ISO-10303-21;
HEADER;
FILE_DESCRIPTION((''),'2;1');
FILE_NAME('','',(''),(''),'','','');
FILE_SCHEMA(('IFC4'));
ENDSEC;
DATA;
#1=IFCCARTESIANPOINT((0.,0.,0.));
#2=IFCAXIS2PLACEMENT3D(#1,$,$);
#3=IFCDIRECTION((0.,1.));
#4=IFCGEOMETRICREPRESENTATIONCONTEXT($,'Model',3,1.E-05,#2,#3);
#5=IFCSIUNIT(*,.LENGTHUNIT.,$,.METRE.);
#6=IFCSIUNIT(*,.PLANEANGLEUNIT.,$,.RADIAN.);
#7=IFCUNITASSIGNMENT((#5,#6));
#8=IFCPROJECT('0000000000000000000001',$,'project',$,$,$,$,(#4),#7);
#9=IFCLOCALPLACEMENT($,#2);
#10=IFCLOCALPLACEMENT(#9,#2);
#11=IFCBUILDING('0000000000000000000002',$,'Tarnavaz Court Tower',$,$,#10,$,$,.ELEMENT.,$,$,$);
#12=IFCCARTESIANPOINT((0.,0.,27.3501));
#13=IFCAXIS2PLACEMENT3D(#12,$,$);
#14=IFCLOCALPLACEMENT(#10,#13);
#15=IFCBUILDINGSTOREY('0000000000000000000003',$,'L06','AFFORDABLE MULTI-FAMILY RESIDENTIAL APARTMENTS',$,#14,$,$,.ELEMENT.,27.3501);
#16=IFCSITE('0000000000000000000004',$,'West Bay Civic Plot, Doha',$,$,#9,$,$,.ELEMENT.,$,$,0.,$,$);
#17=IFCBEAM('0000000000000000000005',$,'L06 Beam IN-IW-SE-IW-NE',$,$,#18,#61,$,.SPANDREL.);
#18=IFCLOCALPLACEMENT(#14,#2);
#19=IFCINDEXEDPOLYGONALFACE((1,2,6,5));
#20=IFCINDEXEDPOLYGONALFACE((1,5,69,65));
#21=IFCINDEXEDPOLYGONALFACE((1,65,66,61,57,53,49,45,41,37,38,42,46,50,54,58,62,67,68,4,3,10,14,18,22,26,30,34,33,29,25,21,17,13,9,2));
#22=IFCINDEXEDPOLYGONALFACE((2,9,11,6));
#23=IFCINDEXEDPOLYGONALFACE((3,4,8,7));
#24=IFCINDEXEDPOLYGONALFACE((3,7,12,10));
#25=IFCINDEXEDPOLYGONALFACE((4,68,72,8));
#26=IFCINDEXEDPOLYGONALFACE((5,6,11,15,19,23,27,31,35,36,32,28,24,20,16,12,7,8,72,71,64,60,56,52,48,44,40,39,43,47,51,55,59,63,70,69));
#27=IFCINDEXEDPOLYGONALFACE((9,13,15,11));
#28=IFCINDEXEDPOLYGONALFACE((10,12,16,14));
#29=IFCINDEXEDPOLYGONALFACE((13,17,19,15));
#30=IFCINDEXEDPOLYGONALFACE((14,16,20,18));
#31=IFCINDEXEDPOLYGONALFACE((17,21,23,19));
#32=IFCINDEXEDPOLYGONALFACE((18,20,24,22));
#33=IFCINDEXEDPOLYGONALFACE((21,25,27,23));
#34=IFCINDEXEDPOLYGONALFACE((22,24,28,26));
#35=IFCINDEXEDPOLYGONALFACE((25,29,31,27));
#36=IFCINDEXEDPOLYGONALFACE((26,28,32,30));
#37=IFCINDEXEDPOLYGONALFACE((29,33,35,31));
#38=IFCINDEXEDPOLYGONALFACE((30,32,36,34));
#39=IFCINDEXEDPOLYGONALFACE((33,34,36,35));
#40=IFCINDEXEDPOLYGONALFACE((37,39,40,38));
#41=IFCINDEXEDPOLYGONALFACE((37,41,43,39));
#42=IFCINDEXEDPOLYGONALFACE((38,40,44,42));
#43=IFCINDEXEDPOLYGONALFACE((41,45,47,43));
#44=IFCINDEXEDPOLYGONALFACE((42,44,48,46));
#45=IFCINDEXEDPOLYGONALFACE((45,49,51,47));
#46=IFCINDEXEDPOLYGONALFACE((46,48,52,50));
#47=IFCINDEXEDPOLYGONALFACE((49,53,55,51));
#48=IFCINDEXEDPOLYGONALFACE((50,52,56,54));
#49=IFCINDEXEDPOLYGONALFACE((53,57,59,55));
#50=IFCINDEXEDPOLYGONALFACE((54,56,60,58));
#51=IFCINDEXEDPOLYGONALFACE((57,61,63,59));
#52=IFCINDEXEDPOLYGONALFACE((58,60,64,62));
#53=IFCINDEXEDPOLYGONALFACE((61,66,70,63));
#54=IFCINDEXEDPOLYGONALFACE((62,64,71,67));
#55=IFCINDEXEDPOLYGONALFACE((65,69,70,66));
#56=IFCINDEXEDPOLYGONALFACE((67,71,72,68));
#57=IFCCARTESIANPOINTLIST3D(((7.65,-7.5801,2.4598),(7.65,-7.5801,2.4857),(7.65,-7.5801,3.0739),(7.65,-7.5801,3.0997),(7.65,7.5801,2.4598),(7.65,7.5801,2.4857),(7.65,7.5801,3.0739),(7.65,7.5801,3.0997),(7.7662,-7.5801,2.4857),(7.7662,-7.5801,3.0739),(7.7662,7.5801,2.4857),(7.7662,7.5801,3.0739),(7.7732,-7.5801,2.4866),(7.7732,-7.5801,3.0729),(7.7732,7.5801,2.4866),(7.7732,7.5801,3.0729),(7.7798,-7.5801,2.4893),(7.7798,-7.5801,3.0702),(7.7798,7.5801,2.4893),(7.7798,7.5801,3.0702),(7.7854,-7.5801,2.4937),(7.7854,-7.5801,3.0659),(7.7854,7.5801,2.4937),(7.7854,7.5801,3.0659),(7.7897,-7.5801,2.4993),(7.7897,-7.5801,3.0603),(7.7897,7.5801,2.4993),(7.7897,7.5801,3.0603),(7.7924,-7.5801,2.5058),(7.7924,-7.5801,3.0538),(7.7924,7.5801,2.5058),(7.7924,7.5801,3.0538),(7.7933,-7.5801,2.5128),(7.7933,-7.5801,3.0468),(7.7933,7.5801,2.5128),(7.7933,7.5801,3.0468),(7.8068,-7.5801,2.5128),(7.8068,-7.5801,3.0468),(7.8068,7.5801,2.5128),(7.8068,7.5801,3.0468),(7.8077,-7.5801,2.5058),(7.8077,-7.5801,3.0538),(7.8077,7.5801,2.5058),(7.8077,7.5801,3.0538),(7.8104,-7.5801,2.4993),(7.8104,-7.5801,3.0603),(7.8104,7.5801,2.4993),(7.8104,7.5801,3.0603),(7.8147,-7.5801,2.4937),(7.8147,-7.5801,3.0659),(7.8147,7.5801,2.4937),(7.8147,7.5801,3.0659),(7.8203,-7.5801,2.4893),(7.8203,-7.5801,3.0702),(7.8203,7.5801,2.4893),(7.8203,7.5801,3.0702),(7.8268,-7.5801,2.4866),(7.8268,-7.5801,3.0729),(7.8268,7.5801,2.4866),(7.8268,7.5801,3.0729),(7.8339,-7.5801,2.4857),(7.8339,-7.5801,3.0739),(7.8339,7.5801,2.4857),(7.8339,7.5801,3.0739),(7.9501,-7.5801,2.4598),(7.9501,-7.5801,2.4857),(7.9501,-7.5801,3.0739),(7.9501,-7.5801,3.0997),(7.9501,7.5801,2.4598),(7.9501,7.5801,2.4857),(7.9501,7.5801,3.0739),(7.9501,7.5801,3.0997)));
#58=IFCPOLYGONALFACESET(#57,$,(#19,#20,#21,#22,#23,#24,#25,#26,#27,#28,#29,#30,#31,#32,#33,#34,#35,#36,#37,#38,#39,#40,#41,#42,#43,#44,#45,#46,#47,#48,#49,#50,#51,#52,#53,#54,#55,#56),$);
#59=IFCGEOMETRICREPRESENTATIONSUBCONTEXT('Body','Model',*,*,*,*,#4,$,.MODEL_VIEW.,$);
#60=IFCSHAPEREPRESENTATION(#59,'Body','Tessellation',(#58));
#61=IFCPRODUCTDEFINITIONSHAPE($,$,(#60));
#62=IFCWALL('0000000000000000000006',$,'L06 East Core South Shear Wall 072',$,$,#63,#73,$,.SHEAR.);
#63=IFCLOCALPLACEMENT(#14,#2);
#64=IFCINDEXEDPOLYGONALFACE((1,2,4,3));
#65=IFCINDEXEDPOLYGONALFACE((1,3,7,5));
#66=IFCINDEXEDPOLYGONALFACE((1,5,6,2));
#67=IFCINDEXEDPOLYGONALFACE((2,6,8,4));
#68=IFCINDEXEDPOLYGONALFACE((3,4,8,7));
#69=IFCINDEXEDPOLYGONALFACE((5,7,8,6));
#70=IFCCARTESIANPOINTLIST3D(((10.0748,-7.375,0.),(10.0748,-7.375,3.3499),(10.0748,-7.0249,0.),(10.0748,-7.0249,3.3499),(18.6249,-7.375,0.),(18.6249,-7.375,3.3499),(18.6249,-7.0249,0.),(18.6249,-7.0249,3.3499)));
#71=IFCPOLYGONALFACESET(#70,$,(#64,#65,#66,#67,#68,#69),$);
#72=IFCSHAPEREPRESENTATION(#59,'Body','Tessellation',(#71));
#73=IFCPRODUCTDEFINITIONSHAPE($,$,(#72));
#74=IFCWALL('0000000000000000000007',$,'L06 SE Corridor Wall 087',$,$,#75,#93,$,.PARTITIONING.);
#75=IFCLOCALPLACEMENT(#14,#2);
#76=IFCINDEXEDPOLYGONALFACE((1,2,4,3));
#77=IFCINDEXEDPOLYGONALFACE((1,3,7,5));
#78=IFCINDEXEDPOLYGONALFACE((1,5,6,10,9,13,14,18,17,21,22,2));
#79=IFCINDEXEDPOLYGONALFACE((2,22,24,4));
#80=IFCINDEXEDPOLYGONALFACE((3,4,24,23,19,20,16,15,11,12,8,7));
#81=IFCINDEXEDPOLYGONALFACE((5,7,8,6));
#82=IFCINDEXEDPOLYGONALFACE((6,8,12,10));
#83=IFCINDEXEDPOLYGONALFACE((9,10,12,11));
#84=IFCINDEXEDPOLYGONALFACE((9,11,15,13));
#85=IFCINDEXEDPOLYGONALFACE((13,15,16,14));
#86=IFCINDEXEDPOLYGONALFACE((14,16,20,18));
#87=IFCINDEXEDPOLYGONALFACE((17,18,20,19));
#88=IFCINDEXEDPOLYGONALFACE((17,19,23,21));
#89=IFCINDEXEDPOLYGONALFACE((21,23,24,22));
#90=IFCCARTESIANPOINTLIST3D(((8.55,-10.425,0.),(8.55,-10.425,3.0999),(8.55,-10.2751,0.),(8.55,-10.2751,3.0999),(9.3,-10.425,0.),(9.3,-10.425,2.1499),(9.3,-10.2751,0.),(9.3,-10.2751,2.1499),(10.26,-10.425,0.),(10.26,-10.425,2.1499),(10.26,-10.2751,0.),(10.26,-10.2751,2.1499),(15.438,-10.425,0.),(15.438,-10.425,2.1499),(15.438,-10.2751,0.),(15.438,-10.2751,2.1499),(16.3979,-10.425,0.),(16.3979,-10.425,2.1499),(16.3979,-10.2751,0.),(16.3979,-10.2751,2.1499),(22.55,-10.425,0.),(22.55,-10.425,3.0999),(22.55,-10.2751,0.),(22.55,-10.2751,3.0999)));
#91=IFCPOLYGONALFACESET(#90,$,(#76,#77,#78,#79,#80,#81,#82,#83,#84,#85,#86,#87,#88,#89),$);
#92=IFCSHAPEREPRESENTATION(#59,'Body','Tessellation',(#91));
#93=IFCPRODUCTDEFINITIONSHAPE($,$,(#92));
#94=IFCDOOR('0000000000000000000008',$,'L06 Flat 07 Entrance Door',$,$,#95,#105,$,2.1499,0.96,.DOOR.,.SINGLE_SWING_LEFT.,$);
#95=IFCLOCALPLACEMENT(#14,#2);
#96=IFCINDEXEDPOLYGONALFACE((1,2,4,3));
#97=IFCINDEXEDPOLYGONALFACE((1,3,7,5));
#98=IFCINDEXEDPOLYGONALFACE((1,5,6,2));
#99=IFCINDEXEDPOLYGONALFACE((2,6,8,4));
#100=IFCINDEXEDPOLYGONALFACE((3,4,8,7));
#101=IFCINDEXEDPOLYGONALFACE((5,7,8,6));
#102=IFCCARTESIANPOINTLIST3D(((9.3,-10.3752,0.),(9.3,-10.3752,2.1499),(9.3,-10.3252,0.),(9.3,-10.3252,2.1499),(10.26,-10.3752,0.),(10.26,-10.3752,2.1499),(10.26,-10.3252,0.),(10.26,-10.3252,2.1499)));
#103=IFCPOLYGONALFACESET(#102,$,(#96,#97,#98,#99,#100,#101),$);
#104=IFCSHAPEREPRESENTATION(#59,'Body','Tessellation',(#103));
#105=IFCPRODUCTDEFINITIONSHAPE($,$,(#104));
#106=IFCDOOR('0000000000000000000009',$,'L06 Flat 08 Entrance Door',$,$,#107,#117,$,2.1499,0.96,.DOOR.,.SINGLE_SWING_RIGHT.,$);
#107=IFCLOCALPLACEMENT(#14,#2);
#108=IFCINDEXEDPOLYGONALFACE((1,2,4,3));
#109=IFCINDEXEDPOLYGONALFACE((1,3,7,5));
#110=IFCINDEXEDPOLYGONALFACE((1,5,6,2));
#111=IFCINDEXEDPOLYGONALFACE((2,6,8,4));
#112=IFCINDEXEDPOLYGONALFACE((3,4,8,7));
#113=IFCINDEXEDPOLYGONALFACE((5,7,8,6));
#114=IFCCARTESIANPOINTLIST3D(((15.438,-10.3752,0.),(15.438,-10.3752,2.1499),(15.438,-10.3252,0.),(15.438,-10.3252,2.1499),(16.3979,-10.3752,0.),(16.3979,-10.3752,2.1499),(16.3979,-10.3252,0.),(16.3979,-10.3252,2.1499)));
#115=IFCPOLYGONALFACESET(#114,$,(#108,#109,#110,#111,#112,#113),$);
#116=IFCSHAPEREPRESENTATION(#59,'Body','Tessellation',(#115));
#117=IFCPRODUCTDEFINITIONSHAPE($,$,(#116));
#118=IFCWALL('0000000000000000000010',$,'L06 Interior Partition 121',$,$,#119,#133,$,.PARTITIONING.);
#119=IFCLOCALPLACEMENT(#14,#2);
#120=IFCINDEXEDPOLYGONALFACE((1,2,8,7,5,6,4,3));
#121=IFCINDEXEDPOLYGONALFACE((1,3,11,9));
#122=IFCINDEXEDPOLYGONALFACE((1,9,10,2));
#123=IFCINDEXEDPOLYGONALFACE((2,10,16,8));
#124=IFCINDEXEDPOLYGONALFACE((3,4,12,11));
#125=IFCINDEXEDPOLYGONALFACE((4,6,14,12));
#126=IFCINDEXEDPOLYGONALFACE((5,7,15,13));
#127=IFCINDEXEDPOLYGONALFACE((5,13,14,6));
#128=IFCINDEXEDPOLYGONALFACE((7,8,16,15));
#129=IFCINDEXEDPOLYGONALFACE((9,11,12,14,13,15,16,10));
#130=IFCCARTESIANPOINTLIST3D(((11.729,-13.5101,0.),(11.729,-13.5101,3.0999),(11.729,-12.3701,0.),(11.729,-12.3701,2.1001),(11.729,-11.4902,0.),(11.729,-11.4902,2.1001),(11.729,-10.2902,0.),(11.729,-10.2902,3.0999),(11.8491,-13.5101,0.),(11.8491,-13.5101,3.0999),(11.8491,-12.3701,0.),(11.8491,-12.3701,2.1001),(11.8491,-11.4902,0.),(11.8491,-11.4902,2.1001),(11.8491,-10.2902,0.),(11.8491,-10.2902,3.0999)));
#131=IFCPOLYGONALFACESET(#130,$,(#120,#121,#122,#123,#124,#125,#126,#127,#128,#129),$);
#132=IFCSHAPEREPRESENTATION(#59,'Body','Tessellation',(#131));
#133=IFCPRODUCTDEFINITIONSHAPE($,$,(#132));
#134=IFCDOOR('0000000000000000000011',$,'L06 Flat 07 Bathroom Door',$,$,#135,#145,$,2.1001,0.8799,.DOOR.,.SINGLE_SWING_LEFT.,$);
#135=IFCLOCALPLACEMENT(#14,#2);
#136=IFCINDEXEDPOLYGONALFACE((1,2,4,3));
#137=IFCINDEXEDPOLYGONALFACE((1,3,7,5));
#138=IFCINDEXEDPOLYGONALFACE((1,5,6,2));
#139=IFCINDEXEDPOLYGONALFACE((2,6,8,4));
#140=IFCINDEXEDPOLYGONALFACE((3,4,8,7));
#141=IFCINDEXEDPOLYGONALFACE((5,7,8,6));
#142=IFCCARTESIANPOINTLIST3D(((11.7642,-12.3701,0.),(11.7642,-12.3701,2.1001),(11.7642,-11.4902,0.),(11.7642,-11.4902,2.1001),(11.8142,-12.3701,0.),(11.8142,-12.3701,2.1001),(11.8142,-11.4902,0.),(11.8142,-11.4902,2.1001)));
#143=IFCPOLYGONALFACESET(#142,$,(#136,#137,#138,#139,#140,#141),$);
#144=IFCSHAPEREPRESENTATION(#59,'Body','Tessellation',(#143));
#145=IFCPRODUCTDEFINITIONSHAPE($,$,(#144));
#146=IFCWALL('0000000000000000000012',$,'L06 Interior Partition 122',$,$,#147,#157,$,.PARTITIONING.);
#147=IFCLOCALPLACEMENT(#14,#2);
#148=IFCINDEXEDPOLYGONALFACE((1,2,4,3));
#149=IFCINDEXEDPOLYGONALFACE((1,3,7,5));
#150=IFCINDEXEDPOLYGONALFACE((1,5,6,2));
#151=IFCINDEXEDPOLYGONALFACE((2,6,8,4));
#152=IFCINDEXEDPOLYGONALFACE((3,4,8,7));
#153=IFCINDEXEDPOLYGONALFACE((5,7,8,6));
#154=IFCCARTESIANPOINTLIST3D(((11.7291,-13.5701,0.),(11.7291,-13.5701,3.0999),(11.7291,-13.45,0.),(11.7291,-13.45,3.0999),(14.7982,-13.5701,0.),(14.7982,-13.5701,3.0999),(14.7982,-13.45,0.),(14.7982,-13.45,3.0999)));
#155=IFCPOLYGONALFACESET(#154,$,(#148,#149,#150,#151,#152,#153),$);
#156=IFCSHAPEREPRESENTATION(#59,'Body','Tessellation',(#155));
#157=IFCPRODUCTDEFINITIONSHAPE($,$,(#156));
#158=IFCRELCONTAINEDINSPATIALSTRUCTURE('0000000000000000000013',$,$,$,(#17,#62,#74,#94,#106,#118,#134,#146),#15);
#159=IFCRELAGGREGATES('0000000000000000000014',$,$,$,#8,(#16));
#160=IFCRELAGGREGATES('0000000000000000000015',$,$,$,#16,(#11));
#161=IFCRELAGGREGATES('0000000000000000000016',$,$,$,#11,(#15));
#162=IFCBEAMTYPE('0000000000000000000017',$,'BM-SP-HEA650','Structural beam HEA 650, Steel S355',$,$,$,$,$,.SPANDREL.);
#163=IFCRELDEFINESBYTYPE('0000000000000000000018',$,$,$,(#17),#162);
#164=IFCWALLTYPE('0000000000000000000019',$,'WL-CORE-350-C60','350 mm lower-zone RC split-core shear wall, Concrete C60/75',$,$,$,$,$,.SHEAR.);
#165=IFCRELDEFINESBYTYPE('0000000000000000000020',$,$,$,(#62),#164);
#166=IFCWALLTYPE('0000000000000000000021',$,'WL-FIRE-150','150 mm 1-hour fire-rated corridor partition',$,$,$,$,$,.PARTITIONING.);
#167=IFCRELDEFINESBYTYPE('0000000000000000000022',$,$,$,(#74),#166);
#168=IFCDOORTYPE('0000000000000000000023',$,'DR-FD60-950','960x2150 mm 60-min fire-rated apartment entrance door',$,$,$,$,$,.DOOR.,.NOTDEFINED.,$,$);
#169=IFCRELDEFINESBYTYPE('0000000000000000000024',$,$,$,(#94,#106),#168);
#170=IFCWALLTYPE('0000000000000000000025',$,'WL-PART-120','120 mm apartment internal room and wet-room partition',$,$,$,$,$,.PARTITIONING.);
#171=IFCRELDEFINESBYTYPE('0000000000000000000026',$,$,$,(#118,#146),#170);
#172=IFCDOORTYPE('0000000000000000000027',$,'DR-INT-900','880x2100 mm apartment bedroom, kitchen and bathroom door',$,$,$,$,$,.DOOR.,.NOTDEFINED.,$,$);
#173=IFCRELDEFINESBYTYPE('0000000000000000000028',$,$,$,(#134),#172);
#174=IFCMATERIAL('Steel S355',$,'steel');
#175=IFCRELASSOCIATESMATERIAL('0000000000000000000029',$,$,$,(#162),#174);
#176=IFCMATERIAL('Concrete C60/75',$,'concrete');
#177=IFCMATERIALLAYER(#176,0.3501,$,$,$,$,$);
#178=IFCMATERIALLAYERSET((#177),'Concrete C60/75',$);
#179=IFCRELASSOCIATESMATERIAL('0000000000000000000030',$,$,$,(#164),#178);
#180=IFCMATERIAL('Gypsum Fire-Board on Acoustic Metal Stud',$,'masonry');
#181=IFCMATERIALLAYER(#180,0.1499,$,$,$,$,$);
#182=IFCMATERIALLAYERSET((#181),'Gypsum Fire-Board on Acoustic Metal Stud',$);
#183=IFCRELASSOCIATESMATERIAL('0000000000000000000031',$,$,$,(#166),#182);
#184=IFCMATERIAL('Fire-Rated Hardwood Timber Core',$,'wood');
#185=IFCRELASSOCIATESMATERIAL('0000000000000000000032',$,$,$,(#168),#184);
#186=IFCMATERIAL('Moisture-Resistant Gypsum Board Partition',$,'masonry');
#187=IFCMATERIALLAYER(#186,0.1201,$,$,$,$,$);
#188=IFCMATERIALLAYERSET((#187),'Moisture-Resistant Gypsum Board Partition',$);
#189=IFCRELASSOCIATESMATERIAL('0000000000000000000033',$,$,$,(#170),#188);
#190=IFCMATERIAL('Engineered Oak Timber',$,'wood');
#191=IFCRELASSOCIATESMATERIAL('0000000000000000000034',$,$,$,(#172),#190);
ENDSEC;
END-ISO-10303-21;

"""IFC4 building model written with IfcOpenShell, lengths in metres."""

from ifc_helpers import new_model, si_unit, direction, frame, frame_2d, origin, origin_2d, place, context, subcontext, project, spatial, rectangle, i_section, extrude, material, layer, layer_set, material_profile, profile_set, type_object, element, fill, save


model = new_model("IFC4")

# Units and contexts
model_context = context("Model", 3, precision=1e-05, world=origin(), true_north=direction((0.0, 1.0)))
body_context = subcontext(model_context, "Body", "Model", "MODEL_VIEW")
ifc_project = project(units=[si_unit("LENGTHUNIT", "METRE"), si_unit("PLANEANGLEUNIT", "RADIAN")], contexts=[model_context])

# Site, building, storey
site_placement = place(None, origin())
site = spatial("IfcSite", under=ifc_project, at=site_placement, Name="West Bay Civic Plot, Doha", CompositionType="ELEMENT", RefElevation=0.0)
building_placement = place(site_placement, origin())
building = spatial("IfcBuilding", under=site, at=building_placement, Name="Tarnavaz Court Tower", CompositionType="ELEMENT")
storey_placement = place(building_placement, frame((0.0, 0.0, 27.3501)))
storey = spatial("IfcBuildingStorey", under=building, at=storey_placement, Name="L06", Description="AFFORDABLE MULTI-FAMILY RESIDENTIAL APARTMENTS", CompositionType="ELEMENT", Elevation=27.3501)

# Shared definitions
ifc_material_1 = material(Name="Concrete C60/75", Category="concrete")

# Beam
ifc_material_2 = material(Name="Steel S355", Category="steel")
ifc_material_profile_1 = material_profile(ifc_material_2, i_section(OverallWidth=0.3, OverallDepth=0.6399, WebThickness=0.0134, FlangeThickness=0.0259, FilletRadius=0.0271, at=origin_2d()), Name="HEA 650")
ifc_profile_set_1 = profile_set([ifc_material_profile_1], Name="Steel S355")
beam_type_1 = type_object("IfcBeamType", Name="BM-SP-HEA650", Description="Structural beam HEA 650, Steel S355", PredefinedType="SPANDREL", material=ifc_profile_set_1)
beam_1_placement = place(storey_placement, frame((7.8, -7.5801, 2.7798), z_axis=(0.0, 1.0, 0.0), x_axis=(-1.0, 0.0, 0.0)))
element("IfcBeam", 1, at=beam_1_placement, inside=storey, type_object=beam_type_1, Name="L06 Beam IN-IW-SE-IW-NE", PredefinedType="SPANDREL", context=body_context, shape_type="SweptSolid", body=[
    extrude(i_section(OverallWidth=0.3, OverallDepth=0.6399, WebThickness=0.0134, FlangeThickness=0.0259, FilletRadius=0.0271, at=origin_2d()), origin(), (0.0, 0.0, 1.0), 15.1602),
])

# Wall
ifc_layer_1 = layer(ifc_material_1, 0.3501)
ifc_layer_set_1 = layer_set([ifc_layer_1], Name="Concrete C60/75")
wall_type_1 = type_object("IfcWallType", Name="WL-CORE-350-C60", Description="350 mm lower-zone RC split-core shear wall, Concrete C60/75", PredefinedType="SHEAR", material=ifc_layer_set_1)
wall_1_placement = place(storey_placement, frame((10.075, -7.2, 0.0), z_axis=(0.0, 0.0, 1.0), x_axis=(1.0, 0.0, 0.0)))
element("IfcWall", 2, at=wall_1_placement, inside=storey, type_object=wall_type_1, Name="L06 East Core South Shear Wall 072", PredefinedType="SHEAR", context=body_context, shape_type="SweptSolid", body=[
    extrude(rectangle(XDim=8.55, YDim=0.3501, at=frame_2d((4.2749, 0.0))), origin(), (0.0, 0.0, 1.0), 3.3499),
])

# Wall, openings, doors
ifc_material_3 = material(Name="Gypsum Fire-Board on Acoustic Metal Stud", Category="masonry")
ifc_layer_2 = layer(ifc_material_3, 0.1499)
ifc_layer_set_2 = layer_set([ifc_layer_2], Name="Gypsum Fire-Board on Acoustic Metal Stud")
wall_type_2 = type_object("IfcWallType", Name="WL-FIRE-150", Description="150 mm 1-hour fire-rated corridor partition", PredefinedType="PARTITIONING", material=ifc_layer_set_2)
wall_2_placement = place(storey_placement, frame((8.55, -10.3501, 0.0), z_axis=(0.0, 0.0, 1.0), x_axis=(1.0, 0.0, 0.0)))
wall_2 = element("IfcWall", 3, at=wall_2_placement, inside=storey, type_object=wall_type_2, Name="L06 SE Corridor Wall 087", PredefinedType="PARTITIONING", context=body_context, shape_type="SweptSolid", body=[
    extrude(rectangle(XDim=14.0, YDim=0.1499, at=frame_2d((7.0, 0.0))), origin(), (0.0, 0.0, 1.0), 3.0999),
])
opening_1_placement = place(wall_2_placement, frame((0.75, 0.0, 0.0)))
opening_1 = element("IfcOpeningElement", 4, at=opening_1_placement, cuts=wall_2, PredefinedType="OPENING", context=body_context, shape_type="SweptSolid", body=[
    extrude(rectangle(XDim=0.96, YDim=2.1499, at=frame_2d((0.48, 1.075))), frame((0.0, 0.085, 0.0), z_axis=(0.0, -1.0, 0.0), x_axis=(1.0, 0.0, 0.0)), (0.0, 0.0, 1.0), 0.1699),
])
opening_2_placement = place(wall_2_placement, frame((6.8879, 0.0, 0.0)))
opening_2 = element("IfcOpeningElement", 5, at=opening_2_placement, cuts=wall_2, PredefinedType="OPENING", context=body_context, shape_type="SweptSolid", body=[
    extrude(rectangle(XDim=0.96, YDim=2.1499, at=frame_2d((0.48, 1.075))), frame((0.0, 0.085, 0.0), z_axis=(0.0, -1.0, 0.0), x_axis=(1.0, 0.0, 0.0)), (0.0, 0.0, 1.0), 0.1699),
])
ifc_material_4 = material(Name="Fire-Rated Hardwood Timber Core", Category="wood")
door_type_1 = type_object("IfcDoorType", Name="DR-FD60-950", Description="960x2150 mm 60-min fire-rated apartment entrance door", OperationType="NOTDEFINED", PredefinedType="DOOR", material=ifc_material_4)
door_1_placement = place(opening_1_placement, origin())
door_1 = element("IfcDoor", 6, at=door_1_placement, inside=storey, type_object=door_type_1, Name="L06 Flat 07 Entrance Door", OperationType="SINGLE_SWING_LEFT", OverallHeight=2.1499, OverallWidth=0.96, PredefinedType="DOOR", context=body_context, shape_type="SweptSolid", body=[
    extrude(rectangle(XDim=0.96, YDim=2.1499, at=frame_2d((0.48, 1.075))), frame((0.0, 0.0249, 0.0), z_axis=(0.0, -1.0, 0.0), x_axis=(1.0, 0.0, 0.0)), (0.0, 0.0, 1.0), 0.05),
])
fill(opening_1, door_1)
door_2_placement = place(opening_2_placement, origin())
door_2 = element("IfcDoor", 7, at=door_2_placement, inside=storey, type_object=door_type_1, Name="L06 Flat 08 Entrance Door", OperationType="SINGLE_SWING_RIGHT", OverallHeight=2.1499, OverallWidth=0.96, PredefinedType="DOOR", context=body_context, shape_type="SweptSolid", body=[
    extrude(rectangle(XDim=0.96, YDim=2.1499, at=frame_2d((0.48, 1.075))), frame((0.0, 0.0249, 0.0), z_axis=(0.0, -1.0, 0.0), x_axis=(1.0, 0.0, 0.0)), (0.0, 0.0, 1.0), 0.05),
])
fill(opening_2, door_2)

# Wall, opening, door
ifc_material_5 = material(Name="Moisture-Resistant Gypsum Board Partition", Category="masonry")
ifc_layer_3 = layer(ifc_material_5, 0.1201)
ifc_layer_set_3 = layer_set([ifc_layer_3], Name="Moisture-Resistant Gypsum Board Partition")
wall_type_3 = type_object("IfcWallType", Name="WL-PART-120", Description="120 mm apartment internal room and wet-room partition", PredefinedType="PARTITIONING", material=ifc_layer_set_3)
wall_3_placement = place(storey_placement, frame((11.7891, -13.51, 0.0), z_axis=(0.0, 0.0, 1.0), x_axis=(0.0, 1.0, 0.0)))
wall_3 = element("IfcWall", 8, at=wall_3_placement, inside=storey, type_object=wall_type_3, Name="L06 Interior Partition 121", PredefinedType="PARTITIONING", context=body_context, shape_type="SweptSolid", body=[
    extrude(rectangle(XDim=3.22, YDim=0.1201, at=frame_2d((1.6099, 0.0))), origin(), (0.0, 0.0, 1.0), 3.0999),
])
opening_3_placement = place(wall_3_placement, frame((1.1399, 0.0, 0.0)))
opening_3 = element("IfcOpeningElement", 9, at=opening_3_placement, cuts=wall_3, PredefinedType="OPENING", context=body_context, shape_type="SweptSolid", body=[
    extrude(rectangle(XDim=0.8799, YDim=2.1001, at=frame_2d((0.4399, 1.05))), frame((0.0, 0.0701, 0.0), z_axis=(0.0, -1.0, 0.0), x_axis=(1.0, 0.0, 0.0)), (0.0, 0.0, 1.0), 0.1401),
])
ifc_material_6 = material(Name="Engineered Oak Timber", Category="wood")
door_type_2 = type_object("IfcDoorType", Name="DR-INT-900", Description="880x2100 mm apartment bedroom, kitchen and bathroom door", OperationType="NOTDEFINED", PredefinedType="DOOR", material=ifc_material_6)
door_3_placement = place(opening_3_placement, origin())
door_3 = element("IfcDoor", 10, at=door_3_placement, inside=storey, type_object=door_type_2, Name="L06 Flat 07 Bathroom Door", OperationType="SINGLE_SWING_LEFT", OverallHeight=2.1001, OverallWidth=0.8799, PredefinedType="DOOR", context=body_context, shape_type="SweptSolid", body=[
    extrude(rectangle(XDim=0.8799, YDim=2.1001, at=frame_2d((0.4399, 1.05))), frame((0.0, 0.0249, 0.0), z_axis=(0.0, -1.0, 0.0), x_axis=(1.0, 0.0, 0.0)), (0.0, 0.0, 1.0), 0.05),
])
fill(opening_3, door_3)

# Wall
wall_4_placement = place(storey_placement, frame((11.729, -13.51, 0.0), z_axis=(0.0, 0.0, 1.0), x_axis=(1.0, 0.0, 0.0)))
element("IfcWall", 11, at=wall_4_placement, inside=storey, type_object=wall_type_3, Name="L06 Interior Partition 122", PredefinedType="PARTITIONING", context=body_context, shape_type="SweptSolid", body=[
    extrude(rectangle(XDim=3.0691, YDim=0.1201, at=frame_2d((1.5347, 0.0))), origin(), (0.0, 0.0, 1.0), 3.0999),
])

save(model, "model.ifc")
